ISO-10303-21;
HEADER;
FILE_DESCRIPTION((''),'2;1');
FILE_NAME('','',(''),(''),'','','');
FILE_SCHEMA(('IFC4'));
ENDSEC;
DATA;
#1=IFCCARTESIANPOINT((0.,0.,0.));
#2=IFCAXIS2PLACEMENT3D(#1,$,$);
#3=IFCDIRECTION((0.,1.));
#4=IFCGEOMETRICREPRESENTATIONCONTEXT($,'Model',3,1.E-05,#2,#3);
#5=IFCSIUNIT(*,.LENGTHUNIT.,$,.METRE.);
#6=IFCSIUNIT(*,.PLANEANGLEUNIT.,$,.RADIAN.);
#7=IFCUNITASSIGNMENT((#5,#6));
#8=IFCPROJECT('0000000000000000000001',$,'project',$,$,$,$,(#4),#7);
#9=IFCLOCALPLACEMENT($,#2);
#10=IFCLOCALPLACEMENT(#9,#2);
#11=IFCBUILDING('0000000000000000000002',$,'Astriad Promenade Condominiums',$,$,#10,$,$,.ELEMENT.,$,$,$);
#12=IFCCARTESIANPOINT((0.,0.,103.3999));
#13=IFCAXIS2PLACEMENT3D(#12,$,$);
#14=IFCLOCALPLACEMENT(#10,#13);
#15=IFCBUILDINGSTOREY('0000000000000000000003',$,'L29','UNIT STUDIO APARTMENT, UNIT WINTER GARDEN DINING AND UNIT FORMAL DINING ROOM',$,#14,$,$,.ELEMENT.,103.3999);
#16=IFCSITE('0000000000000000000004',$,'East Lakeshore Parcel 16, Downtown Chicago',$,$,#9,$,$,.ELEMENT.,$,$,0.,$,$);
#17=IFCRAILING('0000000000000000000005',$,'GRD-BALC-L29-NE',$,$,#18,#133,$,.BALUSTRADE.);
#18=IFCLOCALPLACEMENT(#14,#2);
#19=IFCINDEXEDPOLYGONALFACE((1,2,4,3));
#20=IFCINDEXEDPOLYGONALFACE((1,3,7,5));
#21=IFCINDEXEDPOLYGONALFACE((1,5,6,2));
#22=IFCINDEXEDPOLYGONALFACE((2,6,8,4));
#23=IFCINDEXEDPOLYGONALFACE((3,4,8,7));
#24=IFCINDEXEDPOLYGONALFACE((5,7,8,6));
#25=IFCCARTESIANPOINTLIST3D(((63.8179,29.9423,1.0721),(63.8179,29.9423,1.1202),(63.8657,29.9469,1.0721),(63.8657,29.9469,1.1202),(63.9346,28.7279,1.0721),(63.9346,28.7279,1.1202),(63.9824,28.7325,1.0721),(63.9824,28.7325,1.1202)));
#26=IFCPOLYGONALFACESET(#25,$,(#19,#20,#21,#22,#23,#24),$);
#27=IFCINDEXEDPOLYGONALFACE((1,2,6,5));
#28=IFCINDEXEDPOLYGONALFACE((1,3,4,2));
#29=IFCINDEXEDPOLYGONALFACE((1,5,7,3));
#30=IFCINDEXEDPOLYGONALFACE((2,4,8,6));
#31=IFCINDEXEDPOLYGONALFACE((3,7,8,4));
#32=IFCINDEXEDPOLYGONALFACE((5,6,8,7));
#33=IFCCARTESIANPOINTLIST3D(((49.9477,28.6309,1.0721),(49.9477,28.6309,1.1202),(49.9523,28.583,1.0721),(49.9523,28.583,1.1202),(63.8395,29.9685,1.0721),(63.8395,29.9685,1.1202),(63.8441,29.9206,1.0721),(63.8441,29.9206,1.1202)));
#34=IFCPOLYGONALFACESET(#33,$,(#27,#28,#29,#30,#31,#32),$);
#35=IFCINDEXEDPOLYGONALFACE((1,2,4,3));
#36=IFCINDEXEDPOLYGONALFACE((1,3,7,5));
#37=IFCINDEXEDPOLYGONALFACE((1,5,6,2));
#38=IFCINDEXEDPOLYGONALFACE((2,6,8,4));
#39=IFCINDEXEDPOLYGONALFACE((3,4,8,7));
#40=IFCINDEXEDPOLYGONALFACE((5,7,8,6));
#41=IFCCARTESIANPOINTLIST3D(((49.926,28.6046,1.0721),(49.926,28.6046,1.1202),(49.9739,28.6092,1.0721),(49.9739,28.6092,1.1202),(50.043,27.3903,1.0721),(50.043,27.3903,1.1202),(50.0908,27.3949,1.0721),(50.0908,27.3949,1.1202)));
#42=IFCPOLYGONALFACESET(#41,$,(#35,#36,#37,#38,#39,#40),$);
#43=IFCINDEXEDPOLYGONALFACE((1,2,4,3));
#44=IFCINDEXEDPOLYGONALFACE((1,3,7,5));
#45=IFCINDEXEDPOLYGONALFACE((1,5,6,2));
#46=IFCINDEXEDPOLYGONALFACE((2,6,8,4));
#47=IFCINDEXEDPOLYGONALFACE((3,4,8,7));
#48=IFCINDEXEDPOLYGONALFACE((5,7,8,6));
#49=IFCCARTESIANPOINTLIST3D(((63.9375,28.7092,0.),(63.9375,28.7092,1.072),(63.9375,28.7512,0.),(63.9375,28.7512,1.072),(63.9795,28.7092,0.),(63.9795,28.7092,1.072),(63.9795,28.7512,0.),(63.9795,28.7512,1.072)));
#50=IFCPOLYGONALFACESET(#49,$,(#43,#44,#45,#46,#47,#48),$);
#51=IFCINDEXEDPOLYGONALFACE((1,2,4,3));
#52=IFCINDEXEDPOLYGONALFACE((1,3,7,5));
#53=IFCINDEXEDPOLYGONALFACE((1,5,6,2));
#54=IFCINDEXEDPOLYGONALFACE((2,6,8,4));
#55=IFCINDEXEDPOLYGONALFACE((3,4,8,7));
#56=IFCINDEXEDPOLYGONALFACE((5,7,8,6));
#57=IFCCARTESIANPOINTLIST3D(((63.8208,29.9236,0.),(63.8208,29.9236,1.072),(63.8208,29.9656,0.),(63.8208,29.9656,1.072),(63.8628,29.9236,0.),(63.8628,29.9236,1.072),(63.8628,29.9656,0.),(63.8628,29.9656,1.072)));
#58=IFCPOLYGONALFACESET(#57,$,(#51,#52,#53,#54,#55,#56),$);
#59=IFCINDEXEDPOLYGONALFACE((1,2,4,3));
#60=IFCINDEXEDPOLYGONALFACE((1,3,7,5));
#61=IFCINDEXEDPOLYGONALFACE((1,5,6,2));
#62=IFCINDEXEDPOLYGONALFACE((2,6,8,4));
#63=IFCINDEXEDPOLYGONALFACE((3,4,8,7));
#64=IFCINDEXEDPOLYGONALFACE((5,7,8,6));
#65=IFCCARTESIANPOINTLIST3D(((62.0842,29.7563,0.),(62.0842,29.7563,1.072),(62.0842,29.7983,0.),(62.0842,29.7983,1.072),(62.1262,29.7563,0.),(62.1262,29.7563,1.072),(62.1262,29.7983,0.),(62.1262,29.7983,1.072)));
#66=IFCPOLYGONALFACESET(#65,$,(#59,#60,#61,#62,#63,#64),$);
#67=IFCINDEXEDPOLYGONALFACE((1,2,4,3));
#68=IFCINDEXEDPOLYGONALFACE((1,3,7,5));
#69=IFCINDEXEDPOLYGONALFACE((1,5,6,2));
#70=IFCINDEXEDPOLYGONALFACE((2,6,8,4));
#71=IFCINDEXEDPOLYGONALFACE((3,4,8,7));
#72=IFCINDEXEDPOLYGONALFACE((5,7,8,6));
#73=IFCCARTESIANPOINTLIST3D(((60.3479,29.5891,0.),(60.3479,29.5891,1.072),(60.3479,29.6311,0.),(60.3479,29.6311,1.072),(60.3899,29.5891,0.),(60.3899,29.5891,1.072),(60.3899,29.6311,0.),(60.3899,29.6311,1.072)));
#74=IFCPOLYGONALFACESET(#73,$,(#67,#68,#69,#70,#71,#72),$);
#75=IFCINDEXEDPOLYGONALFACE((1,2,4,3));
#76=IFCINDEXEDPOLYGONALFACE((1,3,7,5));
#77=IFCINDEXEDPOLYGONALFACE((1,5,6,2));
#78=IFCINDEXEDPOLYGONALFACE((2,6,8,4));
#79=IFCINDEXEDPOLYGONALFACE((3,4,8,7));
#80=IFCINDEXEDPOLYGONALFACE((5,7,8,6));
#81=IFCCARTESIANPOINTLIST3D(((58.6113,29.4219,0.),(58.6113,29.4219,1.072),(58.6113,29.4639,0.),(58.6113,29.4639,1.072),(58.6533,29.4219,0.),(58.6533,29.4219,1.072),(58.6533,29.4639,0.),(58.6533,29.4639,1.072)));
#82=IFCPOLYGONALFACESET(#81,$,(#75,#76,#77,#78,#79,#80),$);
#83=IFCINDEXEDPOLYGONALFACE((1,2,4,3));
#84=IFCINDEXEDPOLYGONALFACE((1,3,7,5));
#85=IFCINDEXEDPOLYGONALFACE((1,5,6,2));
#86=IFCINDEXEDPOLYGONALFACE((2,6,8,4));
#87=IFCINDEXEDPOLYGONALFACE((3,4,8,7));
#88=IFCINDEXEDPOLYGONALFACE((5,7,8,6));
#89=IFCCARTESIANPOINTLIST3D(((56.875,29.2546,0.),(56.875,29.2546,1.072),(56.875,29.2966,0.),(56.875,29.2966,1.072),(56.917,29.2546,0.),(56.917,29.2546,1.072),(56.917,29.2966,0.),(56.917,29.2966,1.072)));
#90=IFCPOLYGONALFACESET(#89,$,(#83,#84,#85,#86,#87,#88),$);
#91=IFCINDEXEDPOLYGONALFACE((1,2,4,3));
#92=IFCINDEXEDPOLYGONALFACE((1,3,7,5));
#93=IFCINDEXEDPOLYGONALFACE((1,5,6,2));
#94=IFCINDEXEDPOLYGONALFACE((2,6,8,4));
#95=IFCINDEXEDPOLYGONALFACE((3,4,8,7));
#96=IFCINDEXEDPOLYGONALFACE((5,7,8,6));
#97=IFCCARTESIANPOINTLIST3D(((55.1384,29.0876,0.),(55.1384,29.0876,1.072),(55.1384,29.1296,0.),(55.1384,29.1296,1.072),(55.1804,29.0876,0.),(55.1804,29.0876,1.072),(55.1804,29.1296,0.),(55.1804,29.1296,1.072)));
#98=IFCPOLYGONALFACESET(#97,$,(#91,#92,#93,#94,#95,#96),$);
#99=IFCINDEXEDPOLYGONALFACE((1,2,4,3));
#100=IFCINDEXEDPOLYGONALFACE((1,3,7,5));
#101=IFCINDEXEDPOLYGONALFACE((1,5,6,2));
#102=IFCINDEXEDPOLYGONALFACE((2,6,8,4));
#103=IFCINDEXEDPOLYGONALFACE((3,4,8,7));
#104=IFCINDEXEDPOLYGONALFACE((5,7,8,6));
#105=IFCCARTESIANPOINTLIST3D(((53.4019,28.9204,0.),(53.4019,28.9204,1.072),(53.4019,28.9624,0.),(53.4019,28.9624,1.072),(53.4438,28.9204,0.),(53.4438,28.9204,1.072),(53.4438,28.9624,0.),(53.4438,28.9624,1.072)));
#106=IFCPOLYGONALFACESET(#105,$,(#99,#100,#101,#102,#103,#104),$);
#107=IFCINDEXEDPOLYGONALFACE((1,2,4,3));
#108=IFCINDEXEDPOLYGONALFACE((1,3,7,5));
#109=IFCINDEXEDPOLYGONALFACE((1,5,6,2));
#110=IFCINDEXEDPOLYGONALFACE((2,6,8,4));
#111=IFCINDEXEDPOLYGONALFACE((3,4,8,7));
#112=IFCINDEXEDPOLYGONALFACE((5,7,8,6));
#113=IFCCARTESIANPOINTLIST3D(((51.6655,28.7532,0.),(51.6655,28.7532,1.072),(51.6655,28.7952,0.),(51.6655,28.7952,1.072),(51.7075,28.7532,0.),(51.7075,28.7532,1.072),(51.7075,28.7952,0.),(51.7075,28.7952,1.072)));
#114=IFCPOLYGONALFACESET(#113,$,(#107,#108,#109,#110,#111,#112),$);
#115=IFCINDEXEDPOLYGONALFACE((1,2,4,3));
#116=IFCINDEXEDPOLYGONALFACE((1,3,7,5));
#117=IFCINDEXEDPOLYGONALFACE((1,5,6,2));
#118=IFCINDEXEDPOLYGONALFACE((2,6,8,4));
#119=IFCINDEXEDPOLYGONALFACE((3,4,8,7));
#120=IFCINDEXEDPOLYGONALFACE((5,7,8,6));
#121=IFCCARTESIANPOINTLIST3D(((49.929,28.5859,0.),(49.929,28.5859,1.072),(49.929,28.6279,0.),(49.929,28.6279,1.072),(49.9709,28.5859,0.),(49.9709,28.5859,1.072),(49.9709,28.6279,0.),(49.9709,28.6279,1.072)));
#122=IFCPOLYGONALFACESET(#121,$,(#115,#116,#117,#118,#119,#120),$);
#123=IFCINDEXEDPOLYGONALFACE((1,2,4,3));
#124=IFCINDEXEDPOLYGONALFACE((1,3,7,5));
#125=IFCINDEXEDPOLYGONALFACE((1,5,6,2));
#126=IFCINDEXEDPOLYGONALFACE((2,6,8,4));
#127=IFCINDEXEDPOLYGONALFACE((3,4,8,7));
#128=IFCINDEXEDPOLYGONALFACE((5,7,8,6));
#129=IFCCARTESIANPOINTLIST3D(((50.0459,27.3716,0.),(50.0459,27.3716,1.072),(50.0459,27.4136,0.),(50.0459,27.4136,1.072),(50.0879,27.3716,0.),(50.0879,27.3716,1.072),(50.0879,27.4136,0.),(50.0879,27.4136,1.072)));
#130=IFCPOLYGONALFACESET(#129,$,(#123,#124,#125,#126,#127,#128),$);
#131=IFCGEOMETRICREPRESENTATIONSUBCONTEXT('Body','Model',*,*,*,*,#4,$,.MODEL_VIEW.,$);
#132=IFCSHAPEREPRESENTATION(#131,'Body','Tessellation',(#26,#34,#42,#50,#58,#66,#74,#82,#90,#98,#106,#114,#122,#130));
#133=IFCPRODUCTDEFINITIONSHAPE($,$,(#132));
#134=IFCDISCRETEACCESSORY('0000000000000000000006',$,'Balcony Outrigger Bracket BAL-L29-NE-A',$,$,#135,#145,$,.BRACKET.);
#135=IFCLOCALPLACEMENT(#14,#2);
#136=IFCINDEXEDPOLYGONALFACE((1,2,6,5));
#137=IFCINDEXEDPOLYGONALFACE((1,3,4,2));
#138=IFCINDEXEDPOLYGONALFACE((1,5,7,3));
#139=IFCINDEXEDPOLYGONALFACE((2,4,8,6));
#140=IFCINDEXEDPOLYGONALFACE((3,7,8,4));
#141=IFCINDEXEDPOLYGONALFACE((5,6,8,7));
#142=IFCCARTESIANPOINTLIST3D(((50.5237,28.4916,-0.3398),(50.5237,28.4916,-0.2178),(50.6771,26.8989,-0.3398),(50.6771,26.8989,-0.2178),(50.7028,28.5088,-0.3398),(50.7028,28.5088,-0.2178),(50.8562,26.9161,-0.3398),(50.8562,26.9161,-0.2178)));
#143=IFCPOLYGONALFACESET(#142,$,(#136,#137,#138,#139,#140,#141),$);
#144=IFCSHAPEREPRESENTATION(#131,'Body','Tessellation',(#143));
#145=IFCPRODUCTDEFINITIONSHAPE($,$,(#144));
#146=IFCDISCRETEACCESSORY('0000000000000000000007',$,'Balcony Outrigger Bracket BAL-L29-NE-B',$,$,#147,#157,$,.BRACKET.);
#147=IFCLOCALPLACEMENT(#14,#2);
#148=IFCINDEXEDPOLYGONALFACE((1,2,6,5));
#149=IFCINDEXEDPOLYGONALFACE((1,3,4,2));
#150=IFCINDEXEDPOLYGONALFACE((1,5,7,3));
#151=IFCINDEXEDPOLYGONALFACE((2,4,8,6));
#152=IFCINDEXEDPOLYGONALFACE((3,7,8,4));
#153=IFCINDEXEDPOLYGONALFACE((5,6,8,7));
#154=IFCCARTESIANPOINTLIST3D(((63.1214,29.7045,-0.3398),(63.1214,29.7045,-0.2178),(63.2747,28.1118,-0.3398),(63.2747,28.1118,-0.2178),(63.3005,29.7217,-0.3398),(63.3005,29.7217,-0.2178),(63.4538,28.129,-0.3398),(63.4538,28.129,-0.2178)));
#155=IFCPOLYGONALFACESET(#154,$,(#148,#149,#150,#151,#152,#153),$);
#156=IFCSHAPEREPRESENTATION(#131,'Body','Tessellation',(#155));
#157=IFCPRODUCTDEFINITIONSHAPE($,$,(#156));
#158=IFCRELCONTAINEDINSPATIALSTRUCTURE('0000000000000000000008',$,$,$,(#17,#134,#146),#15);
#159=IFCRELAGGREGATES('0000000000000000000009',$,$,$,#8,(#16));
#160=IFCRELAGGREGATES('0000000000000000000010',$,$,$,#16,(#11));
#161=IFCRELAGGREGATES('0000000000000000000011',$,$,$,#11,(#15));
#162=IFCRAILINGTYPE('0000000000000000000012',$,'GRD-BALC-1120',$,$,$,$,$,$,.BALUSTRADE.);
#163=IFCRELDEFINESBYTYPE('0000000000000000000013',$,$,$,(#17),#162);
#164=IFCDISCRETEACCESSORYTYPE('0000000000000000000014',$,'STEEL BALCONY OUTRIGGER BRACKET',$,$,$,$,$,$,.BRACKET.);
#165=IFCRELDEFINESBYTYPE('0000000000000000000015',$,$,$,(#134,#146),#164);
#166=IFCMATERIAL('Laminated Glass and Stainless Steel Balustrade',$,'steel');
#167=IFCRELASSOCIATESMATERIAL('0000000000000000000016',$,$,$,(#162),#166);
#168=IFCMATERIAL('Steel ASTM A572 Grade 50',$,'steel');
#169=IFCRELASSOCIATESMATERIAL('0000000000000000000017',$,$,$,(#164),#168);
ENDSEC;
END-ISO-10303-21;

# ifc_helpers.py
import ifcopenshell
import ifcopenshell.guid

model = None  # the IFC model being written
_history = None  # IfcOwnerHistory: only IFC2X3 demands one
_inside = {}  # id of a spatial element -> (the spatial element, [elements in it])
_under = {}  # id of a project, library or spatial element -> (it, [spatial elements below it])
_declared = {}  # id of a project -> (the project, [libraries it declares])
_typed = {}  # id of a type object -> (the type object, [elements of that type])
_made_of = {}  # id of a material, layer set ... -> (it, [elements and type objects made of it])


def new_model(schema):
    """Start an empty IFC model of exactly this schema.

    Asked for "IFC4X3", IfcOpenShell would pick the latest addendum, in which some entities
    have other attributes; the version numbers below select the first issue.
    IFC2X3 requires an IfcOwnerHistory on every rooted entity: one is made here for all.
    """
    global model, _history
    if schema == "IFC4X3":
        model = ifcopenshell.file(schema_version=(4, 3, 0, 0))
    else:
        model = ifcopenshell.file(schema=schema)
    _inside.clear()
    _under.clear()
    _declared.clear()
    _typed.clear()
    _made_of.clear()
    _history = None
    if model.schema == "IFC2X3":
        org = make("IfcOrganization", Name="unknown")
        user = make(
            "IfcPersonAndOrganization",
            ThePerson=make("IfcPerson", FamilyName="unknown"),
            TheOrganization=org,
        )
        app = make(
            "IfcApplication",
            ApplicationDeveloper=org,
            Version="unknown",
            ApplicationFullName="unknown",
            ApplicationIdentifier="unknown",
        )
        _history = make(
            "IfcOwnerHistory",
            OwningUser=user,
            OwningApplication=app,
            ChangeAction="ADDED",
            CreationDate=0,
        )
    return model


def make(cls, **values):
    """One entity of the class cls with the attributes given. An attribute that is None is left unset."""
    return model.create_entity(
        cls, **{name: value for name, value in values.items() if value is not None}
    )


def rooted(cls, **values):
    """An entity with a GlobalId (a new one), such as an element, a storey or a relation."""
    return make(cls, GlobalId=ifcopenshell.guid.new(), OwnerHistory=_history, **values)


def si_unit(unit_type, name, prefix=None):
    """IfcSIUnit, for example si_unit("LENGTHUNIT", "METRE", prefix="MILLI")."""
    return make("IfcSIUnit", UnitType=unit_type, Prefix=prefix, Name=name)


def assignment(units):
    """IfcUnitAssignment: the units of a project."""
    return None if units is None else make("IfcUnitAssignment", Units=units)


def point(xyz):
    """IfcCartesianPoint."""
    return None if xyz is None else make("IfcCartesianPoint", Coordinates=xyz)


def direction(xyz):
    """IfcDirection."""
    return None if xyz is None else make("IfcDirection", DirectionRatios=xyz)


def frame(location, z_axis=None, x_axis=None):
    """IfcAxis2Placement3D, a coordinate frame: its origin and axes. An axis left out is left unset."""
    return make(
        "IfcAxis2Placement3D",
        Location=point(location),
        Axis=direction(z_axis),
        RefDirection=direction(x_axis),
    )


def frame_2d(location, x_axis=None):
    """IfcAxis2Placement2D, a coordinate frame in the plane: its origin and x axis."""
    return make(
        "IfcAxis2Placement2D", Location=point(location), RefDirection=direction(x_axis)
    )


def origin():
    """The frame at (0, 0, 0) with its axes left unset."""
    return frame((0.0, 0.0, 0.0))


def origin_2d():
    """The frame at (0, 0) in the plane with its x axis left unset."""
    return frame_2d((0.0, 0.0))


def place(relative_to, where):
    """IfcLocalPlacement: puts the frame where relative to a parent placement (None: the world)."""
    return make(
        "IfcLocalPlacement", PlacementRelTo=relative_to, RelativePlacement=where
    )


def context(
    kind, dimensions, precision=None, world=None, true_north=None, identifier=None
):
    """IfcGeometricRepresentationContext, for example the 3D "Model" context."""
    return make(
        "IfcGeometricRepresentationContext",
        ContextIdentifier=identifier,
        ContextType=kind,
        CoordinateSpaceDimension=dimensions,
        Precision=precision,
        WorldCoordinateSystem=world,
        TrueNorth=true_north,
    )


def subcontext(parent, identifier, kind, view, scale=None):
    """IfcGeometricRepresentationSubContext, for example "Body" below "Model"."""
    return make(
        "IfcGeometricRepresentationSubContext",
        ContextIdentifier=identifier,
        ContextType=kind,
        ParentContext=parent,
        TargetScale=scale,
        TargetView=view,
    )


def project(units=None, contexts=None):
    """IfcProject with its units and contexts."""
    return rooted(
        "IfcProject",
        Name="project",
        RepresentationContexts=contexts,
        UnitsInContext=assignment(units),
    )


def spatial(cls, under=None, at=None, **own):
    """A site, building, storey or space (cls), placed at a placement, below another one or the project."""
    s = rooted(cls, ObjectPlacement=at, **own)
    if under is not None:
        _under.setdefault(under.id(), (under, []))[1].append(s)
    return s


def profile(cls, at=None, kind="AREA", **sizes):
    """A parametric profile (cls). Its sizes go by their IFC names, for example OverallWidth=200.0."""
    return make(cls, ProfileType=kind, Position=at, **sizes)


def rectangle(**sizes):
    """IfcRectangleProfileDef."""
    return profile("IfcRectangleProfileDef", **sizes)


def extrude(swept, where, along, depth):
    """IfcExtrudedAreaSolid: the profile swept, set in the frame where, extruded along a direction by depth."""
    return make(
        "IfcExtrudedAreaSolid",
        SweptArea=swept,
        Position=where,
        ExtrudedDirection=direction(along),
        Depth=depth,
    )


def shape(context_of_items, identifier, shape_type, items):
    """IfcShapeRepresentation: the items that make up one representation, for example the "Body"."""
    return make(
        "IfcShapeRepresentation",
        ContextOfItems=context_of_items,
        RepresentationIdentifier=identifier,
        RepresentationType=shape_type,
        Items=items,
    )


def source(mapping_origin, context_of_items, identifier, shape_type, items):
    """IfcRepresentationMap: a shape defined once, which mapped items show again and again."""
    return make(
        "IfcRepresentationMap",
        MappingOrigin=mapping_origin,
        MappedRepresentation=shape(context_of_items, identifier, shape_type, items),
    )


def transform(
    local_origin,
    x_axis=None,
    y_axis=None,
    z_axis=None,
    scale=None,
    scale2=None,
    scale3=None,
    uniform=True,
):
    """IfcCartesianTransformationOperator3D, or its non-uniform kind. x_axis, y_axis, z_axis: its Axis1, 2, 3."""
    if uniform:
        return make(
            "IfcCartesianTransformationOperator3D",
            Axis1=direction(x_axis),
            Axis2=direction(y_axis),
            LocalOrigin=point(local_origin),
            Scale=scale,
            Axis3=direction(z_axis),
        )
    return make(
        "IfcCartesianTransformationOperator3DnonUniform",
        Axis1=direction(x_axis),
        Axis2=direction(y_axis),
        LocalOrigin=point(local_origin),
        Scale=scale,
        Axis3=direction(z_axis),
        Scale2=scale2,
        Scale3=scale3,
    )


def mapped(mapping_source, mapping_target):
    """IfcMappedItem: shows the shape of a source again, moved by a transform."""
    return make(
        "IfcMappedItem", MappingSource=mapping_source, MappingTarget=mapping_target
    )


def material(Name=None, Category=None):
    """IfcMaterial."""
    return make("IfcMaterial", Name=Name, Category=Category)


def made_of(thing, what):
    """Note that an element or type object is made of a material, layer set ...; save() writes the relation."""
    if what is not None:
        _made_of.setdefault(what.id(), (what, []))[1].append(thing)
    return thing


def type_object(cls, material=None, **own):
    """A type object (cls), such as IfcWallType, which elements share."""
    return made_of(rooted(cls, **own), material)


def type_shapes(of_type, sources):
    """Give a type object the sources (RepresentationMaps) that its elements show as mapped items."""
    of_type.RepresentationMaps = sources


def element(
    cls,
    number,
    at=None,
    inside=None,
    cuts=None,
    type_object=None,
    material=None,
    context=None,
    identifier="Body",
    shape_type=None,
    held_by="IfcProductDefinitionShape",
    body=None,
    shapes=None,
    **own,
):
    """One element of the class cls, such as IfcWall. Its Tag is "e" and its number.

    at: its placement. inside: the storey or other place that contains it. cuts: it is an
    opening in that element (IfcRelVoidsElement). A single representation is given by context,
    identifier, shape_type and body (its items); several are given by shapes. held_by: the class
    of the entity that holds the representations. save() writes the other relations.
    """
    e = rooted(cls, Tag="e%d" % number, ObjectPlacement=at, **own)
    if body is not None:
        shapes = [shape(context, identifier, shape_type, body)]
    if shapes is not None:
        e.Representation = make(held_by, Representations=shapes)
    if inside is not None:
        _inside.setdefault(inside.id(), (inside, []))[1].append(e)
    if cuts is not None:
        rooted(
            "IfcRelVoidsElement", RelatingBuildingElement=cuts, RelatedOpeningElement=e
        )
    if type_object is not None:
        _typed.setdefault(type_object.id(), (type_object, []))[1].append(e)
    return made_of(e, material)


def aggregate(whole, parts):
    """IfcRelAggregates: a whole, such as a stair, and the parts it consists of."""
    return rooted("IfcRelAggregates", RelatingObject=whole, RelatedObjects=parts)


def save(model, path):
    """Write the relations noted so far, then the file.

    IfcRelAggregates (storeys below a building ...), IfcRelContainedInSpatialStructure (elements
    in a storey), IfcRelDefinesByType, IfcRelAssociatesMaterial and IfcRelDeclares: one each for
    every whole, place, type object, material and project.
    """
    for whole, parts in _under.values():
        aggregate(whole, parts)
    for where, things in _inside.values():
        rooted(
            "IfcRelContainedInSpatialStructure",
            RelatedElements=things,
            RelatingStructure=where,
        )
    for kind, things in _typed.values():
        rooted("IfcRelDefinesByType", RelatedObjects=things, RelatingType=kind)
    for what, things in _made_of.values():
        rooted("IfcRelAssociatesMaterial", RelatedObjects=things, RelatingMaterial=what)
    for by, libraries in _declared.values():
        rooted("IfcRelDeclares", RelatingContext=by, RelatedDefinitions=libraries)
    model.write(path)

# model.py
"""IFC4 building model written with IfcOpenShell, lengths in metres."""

from ifc_helpers import new_model, si_unit, direction, frame, origin, origin_2d, place, context, subcontext, project, spatial, rectangle, extrude, source, transform, mapped, material, type_object, type_shapes, element, save


model = new_model("IFC4")

# Units and contexts
model_context = context("Model", 3, precision=1e-05, world=origin(), true_north=direction((0.0, 1.0)))
body_context = subcontext(model_context, "Body", "Model", "MODEL_VIEW")
ifc_project = project(units=[si_unit("LENGTHUNIT", "METRE"), si_unit("PLANEANGLEUNIT", "RADIAN")], contexts=[model_context])

# Site, building, storey
site_placement = place(None, origin())
site = spatial("IfcSite", under=ifc_project, at=site_placement, Name="East Lakeshore Parcel 16, Downtown Chicago", CompositionType="ELEMENT", RefElevation=0.0)
building_placement = place(site_placement, origin())
building = spatial("IfcBuilding", under=site, at=building_placement, Name="Astriad Promenade Condominiums", CompositionType="ELEMENT")
storey_placement = place(building_placement, frame((0.0, 0.0, 103.3999)))
storey = spatial("IfcBuildingStorey", under=building, at=storey_placement, Name="L29", Description="UNIT STUDIO APARTMENT, UNIT WINTER GARDEN DINING AND UNIT FORMAL DINING ROOM", CompositionType="ELEMENT", Elevation=103.3999)

# Railing
ifc_material_1 = material(Name="Laminated Glass and Stainless Steel Balustrade", Category="steel")
railing_type = type_object("IfcRailingType", Name="GRD-BALC-1120", PredefinedType="BALUSTRADE", material=ifc_material_1)
shared_shape_1 = source(origin(), body_context, "Body", "SweptSolid", [
    extrude(rectangle(XDim=0.0481, YDim=0.0481, at=origin_2d()), frame((0.0, 0.0, 1.0962), z_axis=(-0.095659, 0.995414, 0.0), x_axis=(-0.995414, -0.095659, 0.0)), (0.0, 0.0, 1.0), 1.22),
    extrude(rectangle(XDim=0.0481, YDim=0.0481, at=origin_2d()), frame((-0.1167, 1.2144, 1.0962), z_axis=(-0.995396, -0.095847, 0.0), x_axis=(0.095847, -0.995396, 0.0)), (0.0, 0.0, 1.0), 13.9561),
    extrude(rectangle(XDim=0.0481, YDim=0.0481, at=origin_2d()), frame((-14.0085, -0.1233, 1.0962), z_axis=(0.095857, -0.995395, 0.0), x_axis=(0.995395, 0.095857, 0.0)), (0.0, 0.0, 1.0), 1.22),
    extrude(rectangle(XDim=0.042, YDim=0.042, at=origin_2d()), origin(), (0.0, 0.0, 1.0), 1.072),
    extrude(rectangle(XDim=0.042, YDim=0.042, at=origin_2d()), frame((-0.1167, 1.2144, 0.0)), (0.0, 0.0, 1.0), 1.072),
    extrude(rectangle(XDim=0.042, YDim=0.042, at=origin_2d()), frame((-1.8533, 1.0471, 0.0)), (0.0, 0.0, 1.0), 1.072),
    extrude(rectangle(XDim=0.042, YDim=0.042, at=origin_2d()), frame((-3.5896, 0.8799, 0.0)), (0.0, 0.0, 1.0), 1.072),
    extrude(rectangle(XDim=0.042, YDim=0.042, at=origin_2d()), frame((-5.3262, 0.7126, 0.0)), (0.0, 0.0, 1.0), 1.072),
    extrude(rectangle(XDim=0.042, YDim=0.042, at=origin_2d()), frame((-7.0625, 0.5454, 0.0)), (0.0, 0.0, 1.0), 1.072),
    extrude(rectangle(XDim=0.042, YDim=0.042, at=origin_2d()), frame((-8.7991, 0.3784, 0.0)), (0.0, 0.0, 1.0), 1.072),
    extrude(rectangle(XDim=0.042, YDim=0.042, at=origin_2d()), frame((-10.5356, 0.2112, 0.0)), (0.0, 0.0, 1.0), 1.072),
    extrude(rectangle(XDim=0.042, YDim=0.042, at=origin_2d()), frame((-12.272, 0.0439, 0.0)), (0.0, 0.0, 1.0), 1.072),
    extrude(rectangle(XDim=0.042, YDim=0.042, at=origin_2d()), frame((-14.0085, -0.1233, 0.0)), (0.0, 0.0, 1.0), 1.072),
    extrude(rectangle(XDim=0.042, YDim=0.042, at=origin_2d()), frame((-13.8916, -1.3376, 0.0)), (0.0, 0.0, 1.0), 1.072),
])
type_shapes(railing_type, [shared_shape_1])
railing_placement = place(storey_placement, frame((63.9585, 28.7302, 0.0)))
element("IfcRailing", 1, at=railing_placement, inside=storey, type_object=railing_type, Name="GRD-BALC-L29-NE", PredefinedType="BALUSTRADE", context=body_context, shape_type="MappedRepresentation", body=[
    mapped(shared_shape_1, transform((0.0, 0.0, 0.0), scale=1.0)),
])

# Discrete accessories
ifc_material_2 = material(Name="Steel ASTM A572 Grade 50", Category="steel")
discrete_accessory_type = type_object("IfcDiscreteAccessoryType", Name="STEEL BALCONY OUTRIGGER BRACKET", PredefinedType="BRACKET", material=ifc_material_2)
shared_shape_2 = source(origin(), body_context, "Body", "SweptSolid", [
    extrude(rectangle(XDim=1.6001, YDim=0.1799, at=origin_2d()), origin(), (0.0, 0.0, 1.0), 0.1221),
])
type_shapes(discrete_accessory_type, [shared_shape_2])
for number, where, z_axis, x_axis, name in (
    (2, (50.6899, 27.7039, -0.3398), (0.0, 0.0, 1.0), (-0.095846, 0.995396, 0.0), "Balcony Outrigger Bracket BAL-L29-NE-A"),
    (3, (63.2876, 28.9167, -0.3398), (0.0, 0.0, 1.0), (-0.095846, 0.995396, 0.0), "Balcony Outrigger Bracket BAL-L29-NE-B"),
):
    element("IfcDiscreteAccessory", number, at=place(storey_placement, frame(where, z_axis=z_axis, x_axis=x_axis)), inside=storey, type_object=discrete_accessory_type, Name=name, PredefinedType="BRACKET", context=body_context, shape_type="MappedRepresentation", body=[
        mapped(shared_shape_2, transform((0.0, 0.0, 0.0), scale=1.0)),
    ])

save(model, "model.ifc")
